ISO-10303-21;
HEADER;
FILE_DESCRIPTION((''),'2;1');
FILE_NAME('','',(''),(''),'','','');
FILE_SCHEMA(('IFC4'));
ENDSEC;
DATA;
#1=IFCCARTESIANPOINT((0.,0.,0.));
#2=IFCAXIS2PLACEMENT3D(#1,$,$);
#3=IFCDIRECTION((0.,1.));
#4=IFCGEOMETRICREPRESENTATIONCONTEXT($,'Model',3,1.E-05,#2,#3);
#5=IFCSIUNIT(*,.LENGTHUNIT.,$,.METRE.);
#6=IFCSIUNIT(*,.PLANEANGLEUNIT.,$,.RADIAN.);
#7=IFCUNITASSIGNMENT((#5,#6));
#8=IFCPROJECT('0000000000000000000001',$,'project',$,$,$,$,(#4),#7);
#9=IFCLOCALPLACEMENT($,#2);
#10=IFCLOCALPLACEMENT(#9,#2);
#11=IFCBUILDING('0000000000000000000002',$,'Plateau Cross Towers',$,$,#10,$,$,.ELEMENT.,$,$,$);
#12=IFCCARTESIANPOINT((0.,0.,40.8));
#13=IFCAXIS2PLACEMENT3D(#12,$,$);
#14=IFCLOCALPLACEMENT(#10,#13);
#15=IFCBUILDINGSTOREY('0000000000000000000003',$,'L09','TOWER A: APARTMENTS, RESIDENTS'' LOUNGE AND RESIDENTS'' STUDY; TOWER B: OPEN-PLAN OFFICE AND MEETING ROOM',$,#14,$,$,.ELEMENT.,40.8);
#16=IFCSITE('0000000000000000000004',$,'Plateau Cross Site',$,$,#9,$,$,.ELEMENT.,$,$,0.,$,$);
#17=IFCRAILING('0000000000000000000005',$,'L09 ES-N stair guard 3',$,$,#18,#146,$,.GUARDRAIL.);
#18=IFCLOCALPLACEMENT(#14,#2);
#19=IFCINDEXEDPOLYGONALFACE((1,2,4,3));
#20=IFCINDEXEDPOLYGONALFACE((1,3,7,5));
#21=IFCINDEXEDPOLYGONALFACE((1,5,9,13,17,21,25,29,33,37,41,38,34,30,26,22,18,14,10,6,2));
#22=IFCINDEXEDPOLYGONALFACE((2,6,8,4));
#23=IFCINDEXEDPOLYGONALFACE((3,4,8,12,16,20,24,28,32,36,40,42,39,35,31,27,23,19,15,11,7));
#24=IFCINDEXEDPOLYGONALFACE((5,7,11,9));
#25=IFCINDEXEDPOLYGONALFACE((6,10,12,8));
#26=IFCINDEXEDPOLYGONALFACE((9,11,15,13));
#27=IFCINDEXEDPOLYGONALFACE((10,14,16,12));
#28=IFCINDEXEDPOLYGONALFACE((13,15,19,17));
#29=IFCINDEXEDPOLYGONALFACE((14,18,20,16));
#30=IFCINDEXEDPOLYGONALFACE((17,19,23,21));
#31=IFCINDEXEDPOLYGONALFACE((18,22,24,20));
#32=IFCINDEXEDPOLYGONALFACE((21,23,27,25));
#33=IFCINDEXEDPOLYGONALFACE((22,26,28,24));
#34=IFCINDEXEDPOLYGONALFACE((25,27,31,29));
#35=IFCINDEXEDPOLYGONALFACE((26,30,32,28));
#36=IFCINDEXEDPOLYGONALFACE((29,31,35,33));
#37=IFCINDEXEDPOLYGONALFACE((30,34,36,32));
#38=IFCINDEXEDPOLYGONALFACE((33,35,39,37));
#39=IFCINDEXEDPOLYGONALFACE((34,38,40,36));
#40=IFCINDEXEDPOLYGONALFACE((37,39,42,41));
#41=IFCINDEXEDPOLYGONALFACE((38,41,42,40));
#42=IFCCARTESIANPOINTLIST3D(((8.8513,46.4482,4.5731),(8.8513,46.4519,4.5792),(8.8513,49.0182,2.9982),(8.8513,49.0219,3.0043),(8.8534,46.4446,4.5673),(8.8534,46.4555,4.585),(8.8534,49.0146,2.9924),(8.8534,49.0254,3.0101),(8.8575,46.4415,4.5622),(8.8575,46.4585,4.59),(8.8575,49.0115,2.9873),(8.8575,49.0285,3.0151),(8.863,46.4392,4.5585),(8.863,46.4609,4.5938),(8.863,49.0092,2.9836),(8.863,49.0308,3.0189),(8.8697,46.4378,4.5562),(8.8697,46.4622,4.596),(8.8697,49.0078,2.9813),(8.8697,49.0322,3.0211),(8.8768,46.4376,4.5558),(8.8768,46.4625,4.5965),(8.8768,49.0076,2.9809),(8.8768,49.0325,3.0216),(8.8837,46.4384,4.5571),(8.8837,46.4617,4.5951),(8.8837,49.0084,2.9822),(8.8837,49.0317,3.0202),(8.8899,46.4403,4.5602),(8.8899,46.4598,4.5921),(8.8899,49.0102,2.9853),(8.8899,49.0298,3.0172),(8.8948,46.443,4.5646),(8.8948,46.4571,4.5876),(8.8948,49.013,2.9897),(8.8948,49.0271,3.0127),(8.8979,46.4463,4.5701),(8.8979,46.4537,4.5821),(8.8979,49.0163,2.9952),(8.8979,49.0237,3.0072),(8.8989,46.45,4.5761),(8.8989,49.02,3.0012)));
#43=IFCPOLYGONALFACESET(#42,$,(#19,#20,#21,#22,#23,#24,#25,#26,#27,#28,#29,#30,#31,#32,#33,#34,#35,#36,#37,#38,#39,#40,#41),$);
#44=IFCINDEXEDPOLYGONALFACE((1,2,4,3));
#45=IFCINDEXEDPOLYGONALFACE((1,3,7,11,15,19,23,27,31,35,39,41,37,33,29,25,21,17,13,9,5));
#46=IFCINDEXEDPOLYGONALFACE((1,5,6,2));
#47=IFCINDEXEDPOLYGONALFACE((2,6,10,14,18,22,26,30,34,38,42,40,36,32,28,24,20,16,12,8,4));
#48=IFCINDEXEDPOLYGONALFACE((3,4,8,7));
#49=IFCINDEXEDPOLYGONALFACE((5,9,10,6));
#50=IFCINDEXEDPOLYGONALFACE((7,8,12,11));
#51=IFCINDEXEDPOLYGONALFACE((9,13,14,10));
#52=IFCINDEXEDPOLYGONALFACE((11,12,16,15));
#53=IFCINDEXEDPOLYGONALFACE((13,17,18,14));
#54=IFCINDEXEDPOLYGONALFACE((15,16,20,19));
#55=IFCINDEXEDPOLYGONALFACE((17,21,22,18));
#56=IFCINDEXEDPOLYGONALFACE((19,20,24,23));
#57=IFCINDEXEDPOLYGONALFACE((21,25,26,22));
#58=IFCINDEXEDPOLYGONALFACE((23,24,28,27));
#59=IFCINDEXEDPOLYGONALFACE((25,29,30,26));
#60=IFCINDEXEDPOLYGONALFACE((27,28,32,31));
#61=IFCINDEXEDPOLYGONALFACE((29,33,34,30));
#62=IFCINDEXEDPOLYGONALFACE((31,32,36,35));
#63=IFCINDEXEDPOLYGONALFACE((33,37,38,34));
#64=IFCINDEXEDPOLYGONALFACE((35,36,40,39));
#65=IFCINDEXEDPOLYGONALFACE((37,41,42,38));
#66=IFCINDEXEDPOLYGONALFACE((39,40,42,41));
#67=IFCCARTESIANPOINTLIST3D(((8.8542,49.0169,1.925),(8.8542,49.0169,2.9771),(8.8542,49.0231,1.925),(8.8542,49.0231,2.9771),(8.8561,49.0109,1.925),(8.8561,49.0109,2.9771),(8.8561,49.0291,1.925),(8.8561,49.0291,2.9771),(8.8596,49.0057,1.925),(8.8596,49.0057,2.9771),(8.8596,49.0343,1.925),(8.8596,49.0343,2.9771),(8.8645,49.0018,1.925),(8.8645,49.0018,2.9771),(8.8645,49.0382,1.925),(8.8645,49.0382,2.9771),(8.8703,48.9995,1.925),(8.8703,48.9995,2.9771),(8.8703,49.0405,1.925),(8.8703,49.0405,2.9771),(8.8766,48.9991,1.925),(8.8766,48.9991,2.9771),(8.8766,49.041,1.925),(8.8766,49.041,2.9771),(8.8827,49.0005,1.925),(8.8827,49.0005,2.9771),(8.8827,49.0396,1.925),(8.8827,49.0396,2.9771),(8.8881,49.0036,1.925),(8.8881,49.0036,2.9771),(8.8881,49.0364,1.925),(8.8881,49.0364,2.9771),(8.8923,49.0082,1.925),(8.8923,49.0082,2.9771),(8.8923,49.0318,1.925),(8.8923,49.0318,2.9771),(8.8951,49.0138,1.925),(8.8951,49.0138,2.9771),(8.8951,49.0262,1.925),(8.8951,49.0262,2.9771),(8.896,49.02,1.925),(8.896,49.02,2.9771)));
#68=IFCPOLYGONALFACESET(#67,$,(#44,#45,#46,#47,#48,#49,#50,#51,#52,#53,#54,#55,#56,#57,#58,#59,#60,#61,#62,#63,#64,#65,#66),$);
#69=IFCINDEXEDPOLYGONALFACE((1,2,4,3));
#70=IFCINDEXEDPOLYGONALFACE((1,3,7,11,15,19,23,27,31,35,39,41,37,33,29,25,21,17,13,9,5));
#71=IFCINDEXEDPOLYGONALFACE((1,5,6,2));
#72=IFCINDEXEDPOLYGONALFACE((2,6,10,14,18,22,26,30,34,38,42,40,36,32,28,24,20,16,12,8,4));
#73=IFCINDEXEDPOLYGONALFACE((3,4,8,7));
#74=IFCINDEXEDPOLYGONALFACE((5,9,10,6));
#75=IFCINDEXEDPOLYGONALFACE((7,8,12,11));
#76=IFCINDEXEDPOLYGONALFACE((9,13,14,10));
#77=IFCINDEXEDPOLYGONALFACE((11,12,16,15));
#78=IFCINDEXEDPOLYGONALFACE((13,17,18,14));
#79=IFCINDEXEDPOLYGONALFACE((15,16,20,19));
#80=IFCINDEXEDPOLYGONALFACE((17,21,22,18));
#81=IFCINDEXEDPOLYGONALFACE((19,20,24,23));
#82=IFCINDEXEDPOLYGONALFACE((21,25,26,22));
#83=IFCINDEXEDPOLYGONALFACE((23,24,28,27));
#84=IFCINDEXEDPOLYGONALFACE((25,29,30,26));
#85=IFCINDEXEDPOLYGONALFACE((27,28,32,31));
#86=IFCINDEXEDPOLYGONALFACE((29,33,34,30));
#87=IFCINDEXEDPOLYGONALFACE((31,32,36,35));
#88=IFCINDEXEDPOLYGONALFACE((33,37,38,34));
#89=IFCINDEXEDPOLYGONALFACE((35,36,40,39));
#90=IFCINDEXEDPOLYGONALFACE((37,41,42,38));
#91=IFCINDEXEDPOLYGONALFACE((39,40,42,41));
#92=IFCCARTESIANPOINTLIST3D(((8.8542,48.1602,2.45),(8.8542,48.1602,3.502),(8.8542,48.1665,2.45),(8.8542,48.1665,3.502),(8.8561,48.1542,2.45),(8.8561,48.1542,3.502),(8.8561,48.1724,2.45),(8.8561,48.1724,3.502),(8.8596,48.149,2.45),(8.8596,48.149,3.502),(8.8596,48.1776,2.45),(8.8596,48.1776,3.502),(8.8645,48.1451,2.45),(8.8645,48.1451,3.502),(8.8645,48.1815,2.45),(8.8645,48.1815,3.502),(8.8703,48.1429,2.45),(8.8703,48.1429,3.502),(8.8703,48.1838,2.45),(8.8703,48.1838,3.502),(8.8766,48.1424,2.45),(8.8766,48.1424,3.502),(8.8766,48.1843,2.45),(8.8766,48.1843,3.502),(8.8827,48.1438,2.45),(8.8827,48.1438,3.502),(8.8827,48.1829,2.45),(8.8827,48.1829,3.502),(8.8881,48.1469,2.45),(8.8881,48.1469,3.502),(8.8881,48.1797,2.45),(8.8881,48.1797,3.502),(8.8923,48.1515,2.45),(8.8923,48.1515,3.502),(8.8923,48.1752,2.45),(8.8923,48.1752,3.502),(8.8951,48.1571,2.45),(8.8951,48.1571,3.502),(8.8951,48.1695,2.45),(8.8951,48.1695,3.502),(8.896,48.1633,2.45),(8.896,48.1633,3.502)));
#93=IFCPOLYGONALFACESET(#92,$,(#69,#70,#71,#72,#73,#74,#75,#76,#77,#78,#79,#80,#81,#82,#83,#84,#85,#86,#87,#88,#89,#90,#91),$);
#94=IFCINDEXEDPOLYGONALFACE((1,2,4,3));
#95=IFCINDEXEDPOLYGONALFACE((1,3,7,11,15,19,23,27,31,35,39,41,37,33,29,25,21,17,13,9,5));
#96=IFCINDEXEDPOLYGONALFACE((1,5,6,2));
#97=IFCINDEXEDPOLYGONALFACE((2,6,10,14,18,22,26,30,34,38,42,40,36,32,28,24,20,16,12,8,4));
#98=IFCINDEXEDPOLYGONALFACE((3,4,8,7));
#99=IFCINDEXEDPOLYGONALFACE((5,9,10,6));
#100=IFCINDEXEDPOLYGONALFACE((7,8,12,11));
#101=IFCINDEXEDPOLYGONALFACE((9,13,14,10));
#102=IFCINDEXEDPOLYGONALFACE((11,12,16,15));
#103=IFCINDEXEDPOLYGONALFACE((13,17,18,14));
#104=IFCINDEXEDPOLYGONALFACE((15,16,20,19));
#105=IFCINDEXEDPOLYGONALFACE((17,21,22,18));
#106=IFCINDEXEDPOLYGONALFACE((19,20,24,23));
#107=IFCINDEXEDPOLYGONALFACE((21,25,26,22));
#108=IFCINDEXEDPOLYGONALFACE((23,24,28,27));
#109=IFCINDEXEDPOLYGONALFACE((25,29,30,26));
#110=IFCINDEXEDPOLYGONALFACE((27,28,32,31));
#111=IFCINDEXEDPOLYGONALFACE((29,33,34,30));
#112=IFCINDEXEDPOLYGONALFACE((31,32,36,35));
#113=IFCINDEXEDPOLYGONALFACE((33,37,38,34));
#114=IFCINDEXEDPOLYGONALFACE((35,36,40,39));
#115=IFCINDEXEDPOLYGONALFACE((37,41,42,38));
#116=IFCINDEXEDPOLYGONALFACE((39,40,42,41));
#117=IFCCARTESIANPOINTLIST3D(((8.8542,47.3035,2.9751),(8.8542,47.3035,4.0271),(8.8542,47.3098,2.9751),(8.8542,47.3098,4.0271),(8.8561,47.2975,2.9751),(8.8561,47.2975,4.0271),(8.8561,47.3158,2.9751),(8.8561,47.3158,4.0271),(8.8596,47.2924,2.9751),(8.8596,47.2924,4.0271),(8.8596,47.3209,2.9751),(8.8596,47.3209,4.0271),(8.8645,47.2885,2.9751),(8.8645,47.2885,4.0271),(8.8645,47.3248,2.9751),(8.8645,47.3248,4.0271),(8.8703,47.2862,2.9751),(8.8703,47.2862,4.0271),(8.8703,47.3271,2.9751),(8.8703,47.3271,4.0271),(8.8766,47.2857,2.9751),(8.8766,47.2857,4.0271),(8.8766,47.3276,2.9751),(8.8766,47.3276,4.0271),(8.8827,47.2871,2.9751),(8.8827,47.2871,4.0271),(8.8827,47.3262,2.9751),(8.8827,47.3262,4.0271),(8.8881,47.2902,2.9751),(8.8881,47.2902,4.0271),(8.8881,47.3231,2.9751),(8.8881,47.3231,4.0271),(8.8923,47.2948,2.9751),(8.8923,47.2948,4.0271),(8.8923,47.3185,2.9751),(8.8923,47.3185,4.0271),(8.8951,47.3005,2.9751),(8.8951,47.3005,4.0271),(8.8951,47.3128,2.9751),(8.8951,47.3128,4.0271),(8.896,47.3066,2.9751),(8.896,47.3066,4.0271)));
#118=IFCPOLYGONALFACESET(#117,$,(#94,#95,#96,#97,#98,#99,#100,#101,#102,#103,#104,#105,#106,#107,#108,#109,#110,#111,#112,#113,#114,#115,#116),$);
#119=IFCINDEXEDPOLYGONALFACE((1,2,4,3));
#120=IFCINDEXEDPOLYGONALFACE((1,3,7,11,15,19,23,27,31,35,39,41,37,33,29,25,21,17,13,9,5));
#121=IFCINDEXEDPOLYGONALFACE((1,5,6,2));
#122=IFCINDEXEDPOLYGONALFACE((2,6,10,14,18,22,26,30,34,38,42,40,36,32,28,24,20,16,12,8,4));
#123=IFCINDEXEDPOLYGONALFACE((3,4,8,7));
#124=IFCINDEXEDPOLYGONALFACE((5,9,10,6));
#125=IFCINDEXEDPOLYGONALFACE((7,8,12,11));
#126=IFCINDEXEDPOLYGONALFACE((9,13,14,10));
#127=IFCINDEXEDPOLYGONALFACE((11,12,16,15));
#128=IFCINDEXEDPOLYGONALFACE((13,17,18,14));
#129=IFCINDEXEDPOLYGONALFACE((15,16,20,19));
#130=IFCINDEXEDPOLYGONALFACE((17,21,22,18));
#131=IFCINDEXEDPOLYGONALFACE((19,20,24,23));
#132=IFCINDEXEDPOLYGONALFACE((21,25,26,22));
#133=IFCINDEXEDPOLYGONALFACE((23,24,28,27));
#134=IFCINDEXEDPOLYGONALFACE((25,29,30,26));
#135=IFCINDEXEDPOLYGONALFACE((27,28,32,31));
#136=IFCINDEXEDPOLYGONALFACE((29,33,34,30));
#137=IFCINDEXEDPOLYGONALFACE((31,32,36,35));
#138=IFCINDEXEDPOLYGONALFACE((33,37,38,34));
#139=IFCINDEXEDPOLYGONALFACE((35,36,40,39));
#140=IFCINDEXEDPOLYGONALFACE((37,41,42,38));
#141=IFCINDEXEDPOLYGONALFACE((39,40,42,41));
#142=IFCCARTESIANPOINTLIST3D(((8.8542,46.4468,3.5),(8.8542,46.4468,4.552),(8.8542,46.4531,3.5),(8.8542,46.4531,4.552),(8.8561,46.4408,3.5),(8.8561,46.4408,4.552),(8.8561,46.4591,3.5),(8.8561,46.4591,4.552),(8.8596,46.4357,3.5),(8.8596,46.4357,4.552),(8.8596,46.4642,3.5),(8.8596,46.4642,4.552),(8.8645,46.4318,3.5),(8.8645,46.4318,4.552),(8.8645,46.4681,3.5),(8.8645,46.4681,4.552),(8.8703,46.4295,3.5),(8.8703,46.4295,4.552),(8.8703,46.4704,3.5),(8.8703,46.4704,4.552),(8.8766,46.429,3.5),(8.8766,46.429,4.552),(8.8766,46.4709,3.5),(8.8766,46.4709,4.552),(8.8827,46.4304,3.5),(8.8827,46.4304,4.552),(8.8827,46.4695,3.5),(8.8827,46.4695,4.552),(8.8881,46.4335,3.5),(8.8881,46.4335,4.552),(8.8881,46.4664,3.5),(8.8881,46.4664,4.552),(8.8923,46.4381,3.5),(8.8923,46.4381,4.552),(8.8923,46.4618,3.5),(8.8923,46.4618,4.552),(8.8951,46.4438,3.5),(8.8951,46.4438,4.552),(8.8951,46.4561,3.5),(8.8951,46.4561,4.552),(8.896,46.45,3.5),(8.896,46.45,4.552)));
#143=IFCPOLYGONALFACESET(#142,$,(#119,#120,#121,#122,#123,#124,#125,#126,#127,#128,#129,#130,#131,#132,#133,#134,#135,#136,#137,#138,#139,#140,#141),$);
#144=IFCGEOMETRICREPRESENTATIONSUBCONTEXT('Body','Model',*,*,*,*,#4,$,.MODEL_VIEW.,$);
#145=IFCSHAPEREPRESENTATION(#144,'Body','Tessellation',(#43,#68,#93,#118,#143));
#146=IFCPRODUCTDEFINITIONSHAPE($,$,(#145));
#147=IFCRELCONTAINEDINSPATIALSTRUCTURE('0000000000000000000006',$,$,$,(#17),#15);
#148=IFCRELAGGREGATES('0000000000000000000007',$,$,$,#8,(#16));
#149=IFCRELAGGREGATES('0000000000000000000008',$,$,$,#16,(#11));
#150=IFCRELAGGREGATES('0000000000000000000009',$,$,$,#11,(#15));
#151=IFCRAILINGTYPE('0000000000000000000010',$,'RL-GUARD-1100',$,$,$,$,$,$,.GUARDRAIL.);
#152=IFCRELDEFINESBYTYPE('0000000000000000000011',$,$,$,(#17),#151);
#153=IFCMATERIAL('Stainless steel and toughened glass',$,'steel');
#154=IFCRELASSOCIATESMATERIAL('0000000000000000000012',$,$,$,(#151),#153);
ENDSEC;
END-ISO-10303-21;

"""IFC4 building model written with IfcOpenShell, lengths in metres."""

from ifc_helpers import new_model, si_unit, direction, frame, origin, origin_2d, place, context, subcontext, project, spatial, circle, extrude, material, type_object, element, save


model = new_model("IFC4")

# Units and contexts
model_context = context("Model", 3, precision=1e-05, world=origin(), true_north=direction((0.0, 1.0)))
body_context = subcontext(model_context, "Body", "Model", "MODEL_VIEW")
ifc_project = project(units=[si_unit("LENGTHUNIT", "METRE"), si_unit("PLANEANGLEUNIT", "RADIAN")], contexts=[model_context])

# Site, building, storey
site_placement = place(None, origin())
site = spatial("IfcSite", under=ifc_project, at=site_placement, Name="Plateau Cross Site", CompositionType="ELEMENT", RefElevation=0.0)
building_placement = place(site_placement, origin())
building = spatial("IfcBuilding", under=site, at=building_placement, Name="Plateau Cross Towers", CompositionType="ELEMENT")
storey_placement = place(building_placement, frame((0.0, 0.0, 40.8)))
storey = spatial("IfcBuildingStorey", under=building, at=storey_placement, Name="L09", Description="TOWER A: APARTMENTS, RESIDENTS' LOUNGE AND RESIDENTS' STUDY; TOWER B: OPEN-PLAN OFFICE AND MEETING ROOM", CompositionType="ELEMENT", Elevation=40.8)

# Railing
ifc_material_1 = material(Name="Stainless steel and toughened glass", Category="steel")
railing_type_1 = type_object("IfcRailingType", Name="RL-GUARD-1100", PredefinedType="GUARDRAIL", material=ifc_material_1)
railing_1_placement = place(storey_placement, frame((8.875, 49.02, 1.925)))
element("IfcRailing", 1, at=railing_1_placement, inside=storey, type_object=railing_type_1, Name="L09 ES-N stair guard 3", PredefinedType="GUARDRAIL", context=body_context, shape_type="SweptSolid", body=[
    extrude(circle(Radius=0.0239, at=origin_2d()), frame((0.0, 0.0, 1.0762), z_axis=(0.0, -0.852639, 0.522501), x_axis=(1.0, 0.0, 0.0)), (0.0, 0.0, 1.0), 3.0142),
    extrude(circle(Radius=0.021, at=origin_2d()), origin(), (0.0, 0.0, 1.0), 1.052),
    extrude(circle(Radius=0.021, at=origin_2d()), frame((0.0, -0.8567, 0.5249)), (0.0, 0.0, 1.0), 1.052),
    extrude(circle(Radius=0.021, at=origin_2d()), frame((0.0, -1.7134, 1.05)), (0.0, 0.0, 1.0), 1.052),
    extrude(circle(Radius=0.021, at=origin_2d()), frame((0.0, -2.5701, 1.575)), (0.0, 0.0, 1.0), 1.052),
])

save(model, "model.ifc")
